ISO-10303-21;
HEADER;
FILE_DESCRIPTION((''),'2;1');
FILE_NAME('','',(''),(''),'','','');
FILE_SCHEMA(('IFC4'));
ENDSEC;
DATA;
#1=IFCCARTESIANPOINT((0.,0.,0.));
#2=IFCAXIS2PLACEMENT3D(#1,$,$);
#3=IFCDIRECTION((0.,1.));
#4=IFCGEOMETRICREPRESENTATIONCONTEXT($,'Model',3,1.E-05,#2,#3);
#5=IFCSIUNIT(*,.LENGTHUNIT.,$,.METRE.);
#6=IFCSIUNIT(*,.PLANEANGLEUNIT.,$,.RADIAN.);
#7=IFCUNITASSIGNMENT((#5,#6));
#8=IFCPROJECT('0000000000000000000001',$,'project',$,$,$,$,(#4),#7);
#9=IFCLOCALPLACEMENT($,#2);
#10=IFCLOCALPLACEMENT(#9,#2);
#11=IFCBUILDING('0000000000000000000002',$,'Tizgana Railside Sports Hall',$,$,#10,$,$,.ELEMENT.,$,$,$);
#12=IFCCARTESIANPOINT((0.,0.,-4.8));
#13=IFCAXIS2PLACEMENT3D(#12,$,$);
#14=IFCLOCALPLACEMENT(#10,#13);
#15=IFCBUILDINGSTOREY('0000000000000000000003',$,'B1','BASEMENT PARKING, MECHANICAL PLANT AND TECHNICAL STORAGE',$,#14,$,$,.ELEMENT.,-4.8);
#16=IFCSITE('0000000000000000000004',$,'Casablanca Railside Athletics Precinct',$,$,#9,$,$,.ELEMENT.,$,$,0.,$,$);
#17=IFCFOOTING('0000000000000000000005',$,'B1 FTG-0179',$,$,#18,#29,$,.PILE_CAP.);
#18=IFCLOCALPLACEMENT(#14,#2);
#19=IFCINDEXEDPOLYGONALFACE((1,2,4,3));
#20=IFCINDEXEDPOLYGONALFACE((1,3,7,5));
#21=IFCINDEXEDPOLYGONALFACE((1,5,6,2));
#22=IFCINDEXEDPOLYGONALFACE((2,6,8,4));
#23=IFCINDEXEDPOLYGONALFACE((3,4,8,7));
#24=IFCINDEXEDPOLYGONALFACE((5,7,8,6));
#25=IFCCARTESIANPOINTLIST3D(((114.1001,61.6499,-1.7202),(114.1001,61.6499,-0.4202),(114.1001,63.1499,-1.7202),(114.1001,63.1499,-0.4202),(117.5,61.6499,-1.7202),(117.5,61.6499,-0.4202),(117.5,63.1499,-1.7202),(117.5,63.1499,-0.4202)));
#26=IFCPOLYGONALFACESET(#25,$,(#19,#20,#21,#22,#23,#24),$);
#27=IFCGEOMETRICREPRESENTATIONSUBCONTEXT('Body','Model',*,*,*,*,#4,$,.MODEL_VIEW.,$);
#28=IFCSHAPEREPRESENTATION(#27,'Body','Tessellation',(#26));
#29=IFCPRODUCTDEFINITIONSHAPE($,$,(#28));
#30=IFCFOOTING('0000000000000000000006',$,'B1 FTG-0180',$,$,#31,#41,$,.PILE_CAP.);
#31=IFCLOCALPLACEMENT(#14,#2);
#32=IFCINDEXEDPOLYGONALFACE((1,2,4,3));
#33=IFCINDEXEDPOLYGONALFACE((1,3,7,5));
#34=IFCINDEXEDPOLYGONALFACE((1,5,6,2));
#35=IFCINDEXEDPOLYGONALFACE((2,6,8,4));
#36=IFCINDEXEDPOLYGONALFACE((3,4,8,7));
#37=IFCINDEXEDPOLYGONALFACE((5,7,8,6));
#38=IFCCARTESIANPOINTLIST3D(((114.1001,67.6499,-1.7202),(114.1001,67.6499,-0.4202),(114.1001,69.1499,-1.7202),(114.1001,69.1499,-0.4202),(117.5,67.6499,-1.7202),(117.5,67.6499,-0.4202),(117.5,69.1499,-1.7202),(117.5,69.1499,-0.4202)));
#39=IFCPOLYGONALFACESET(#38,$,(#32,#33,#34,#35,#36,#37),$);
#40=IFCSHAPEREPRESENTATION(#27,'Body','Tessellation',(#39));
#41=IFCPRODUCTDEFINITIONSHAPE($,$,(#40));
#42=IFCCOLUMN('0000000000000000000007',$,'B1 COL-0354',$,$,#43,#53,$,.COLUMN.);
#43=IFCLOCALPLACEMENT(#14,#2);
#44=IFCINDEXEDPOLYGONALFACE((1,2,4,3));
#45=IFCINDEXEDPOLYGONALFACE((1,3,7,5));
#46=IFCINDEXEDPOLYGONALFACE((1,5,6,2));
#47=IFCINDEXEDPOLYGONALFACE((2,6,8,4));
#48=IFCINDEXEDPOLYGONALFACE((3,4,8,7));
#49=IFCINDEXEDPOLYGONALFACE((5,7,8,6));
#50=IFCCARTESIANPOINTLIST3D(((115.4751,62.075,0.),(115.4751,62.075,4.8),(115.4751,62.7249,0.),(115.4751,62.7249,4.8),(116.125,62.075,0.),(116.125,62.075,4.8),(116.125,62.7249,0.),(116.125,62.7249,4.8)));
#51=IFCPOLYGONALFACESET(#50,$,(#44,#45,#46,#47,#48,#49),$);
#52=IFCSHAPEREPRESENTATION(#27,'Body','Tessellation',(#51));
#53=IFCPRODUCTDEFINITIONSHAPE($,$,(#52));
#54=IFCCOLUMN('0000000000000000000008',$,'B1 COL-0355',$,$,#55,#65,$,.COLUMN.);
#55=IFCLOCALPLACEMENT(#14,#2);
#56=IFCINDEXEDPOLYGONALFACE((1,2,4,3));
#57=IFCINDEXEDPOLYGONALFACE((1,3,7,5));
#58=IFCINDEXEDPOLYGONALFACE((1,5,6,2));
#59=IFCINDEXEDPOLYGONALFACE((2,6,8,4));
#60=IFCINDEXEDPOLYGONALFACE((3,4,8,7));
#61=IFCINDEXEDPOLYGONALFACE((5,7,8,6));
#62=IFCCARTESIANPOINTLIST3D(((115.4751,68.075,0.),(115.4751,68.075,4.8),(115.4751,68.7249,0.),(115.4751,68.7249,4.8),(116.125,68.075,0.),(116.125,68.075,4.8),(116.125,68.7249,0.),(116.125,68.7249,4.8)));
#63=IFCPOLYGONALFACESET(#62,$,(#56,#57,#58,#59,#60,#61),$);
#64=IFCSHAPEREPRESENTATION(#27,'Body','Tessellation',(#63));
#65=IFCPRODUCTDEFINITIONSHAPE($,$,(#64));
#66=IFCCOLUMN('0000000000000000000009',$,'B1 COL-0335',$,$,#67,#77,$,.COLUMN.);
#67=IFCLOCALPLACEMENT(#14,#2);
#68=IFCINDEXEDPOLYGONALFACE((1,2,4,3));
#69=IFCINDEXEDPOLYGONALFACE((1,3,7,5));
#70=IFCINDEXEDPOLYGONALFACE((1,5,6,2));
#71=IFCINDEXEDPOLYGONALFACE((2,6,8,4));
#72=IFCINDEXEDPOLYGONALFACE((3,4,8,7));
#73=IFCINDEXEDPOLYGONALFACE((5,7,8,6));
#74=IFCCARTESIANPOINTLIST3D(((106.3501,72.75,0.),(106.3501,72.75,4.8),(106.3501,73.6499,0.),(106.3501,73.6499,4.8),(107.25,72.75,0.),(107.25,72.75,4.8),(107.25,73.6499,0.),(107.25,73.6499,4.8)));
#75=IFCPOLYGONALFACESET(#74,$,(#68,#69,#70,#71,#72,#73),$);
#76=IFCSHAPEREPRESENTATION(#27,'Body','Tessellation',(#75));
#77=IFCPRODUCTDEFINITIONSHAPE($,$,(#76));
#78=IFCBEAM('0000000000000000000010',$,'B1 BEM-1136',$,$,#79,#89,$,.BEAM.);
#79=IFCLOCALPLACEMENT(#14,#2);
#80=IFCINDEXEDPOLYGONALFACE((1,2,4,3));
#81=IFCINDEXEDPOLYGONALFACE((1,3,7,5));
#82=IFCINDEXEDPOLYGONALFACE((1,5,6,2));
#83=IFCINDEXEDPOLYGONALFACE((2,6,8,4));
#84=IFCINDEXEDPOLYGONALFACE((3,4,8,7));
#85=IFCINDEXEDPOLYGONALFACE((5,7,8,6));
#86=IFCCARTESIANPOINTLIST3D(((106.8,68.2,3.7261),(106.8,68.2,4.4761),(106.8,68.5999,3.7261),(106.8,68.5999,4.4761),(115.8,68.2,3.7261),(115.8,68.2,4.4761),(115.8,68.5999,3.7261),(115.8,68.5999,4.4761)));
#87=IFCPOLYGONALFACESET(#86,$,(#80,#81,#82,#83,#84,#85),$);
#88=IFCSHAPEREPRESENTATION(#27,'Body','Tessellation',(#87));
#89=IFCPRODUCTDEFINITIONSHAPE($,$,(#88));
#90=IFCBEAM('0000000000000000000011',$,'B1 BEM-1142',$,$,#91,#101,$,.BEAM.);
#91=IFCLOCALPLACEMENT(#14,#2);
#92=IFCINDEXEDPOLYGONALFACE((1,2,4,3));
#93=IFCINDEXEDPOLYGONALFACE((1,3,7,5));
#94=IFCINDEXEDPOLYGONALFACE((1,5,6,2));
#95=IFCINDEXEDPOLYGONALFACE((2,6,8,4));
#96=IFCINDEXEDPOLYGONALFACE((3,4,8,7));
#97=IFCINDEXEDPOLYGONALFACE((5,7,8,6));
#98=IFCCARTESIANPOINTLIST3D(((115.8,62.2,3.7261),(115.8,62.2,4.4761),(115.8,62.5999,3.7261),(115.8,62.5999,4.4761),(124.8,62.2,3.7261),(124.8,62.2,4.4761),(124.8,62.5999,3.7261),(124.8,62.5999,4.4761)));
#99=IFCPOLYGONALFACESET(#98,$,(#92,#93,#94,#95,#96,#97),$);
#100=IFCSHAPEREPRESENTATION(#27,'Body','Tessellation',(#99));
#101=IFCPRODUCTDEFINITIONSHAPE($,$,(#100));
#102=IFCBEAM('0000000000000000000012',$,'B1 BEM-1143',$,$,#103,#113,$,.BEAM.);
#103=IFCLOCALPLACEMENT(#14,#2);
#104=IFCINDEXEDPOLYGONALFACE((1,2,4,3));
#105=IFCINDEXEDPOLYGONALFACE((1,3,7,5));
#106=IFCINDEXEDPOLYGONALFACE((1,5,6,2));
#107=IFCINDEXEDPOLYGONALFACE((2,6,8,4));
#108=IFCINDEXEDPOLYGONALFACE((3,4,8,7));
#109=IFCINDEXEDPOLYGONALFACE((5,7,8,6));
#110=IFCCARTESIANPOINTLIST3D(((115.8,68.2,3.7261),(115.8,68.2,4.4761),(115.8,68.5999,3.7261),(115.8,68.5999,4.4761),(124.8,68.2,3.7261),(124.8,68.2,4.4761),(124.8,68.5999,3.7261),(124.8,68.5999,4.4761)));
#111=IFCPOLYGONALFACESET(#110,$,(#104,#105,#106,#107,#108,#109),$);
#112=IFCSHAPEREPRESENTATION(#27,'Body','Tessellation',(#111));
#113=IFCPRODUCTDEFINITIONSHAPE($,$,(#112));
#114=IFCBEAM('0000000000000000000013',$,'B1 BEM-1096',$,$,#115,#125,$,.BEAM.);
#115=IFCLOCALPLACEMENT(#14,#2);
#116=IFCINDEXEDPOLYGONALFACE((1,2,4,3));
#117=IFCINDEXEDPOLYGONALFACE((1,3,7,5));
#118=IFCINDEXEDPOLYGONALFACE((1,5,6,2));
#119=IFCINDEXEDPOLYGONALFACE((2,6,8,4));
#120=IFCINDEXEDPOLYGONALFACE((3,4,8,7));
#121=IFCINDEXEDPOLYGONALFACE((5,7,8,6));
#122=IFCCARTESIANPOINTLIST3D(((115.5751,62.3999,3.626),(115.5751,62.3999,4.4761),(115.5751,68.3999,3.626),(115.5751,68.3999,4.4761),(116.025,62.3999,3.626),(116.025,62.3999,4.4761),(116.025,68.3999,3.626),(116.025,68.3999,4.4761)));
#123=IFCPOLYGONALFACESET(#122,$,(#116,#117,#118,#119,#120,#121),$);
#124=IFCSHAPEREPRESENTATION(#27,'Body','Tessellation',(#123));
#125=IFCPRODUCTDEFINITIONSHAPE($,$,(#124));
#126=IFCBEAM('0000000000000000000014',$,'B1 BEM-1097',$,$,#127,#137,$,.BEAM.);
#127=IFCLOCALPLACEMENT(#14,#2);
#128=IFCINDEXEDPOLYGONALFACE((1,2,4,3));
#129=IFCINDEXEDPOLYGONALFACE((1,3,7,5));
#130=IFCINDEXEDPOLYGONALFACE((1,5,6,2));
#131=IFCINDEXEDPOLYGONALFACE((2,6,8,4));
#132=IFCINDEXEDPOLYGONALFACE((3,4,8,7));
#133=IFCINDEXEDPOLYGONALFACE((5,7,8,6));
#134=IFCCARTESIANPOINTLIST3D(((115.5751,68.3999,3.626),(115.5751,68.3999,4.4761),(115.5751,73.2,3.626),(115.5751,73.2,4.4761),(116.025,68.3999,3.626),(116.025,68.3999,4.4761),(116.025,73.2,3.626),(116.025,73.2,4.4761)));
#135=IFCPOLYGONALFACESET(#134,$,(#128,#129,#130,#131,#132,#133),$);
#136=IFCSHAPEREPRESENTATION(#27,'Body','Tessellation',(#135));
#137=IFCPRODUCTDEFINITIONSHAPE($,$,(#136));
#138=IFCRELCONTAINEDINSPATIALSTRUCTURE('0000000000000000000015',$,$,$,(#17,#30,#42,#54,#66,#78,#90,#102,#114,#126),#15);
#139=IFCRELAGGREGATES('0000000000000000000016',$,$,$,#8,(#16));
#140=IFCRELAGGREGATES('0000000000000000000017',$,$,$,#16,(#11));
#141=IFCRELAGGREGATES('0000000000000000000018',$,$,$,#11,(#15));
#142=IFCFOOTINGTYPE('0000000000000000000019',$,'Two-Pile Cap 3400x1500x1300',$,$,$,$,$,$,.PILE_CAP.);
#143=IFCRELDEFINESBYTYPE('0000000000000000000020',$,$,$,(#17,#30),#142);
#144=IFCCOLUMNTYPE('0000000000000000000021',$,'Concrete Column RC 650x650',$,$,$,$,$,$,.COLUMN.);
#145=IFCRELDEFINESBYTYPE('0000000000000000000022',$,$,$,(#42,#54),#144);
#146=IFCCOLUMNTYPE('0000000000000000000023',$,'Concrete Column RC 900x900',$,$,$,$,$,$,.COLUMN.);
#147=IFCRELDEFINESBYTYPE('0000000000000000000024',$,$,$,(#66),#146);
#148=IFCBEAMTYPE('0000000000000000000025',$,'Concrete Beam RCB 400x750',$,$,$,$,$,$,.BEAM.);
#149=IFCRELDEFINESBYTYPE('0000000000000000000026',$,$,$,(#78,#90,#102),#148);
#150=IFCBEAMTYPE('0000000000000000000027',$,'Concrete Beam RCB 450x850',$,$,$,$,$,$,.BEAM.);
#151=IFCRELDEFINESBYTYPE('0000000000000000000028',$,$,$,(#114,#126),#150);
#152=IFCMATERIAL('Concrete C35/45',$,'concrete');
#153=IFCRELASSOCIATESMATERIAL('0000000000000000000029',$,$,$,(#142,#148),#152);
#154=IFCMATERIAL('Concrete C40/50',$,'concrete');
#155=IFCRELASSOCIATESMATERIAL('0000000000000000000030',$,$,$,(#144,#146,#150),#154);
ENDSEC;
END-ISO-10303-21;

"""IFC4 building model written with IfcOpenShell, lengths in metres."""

from ifc_helpers import new_model, si_unit, direction, frame, origin, origin_2d, place, context, subcontext, project, spatial, rectangle, extrude, material, material_profile, profile_set, type_object, element, save


model = new_model("IFC4")

# Units and contexts
model_context = context("Model", 3, precision=1e-05, world=origin(), true_north=direction((0.0, 1.0)))
body_context = subcontext(model_context, "Body", "Model", "MODEL_VIEW")
ifc_project = project(units=[si_unit("LENGTHUNIT", "METRE"), si_unit("PLANEANGLEUNIT", "RADIAN")], contexts=[model_context])

# Site, building, storey
site_placement = place(None, origin())
site = spatial("IfcSite", under=ifc_project, at=site_placement, Name="Casablanca Railside Athletics Precinct", CompositionType="ELEMENT", RefElevation=0.0)
building_placement = place(site_placement, origin())
building = spatial("IfcBuilding", under=site, at=building_placement, Name="Tizgana Railside Sports Hall", CompositionType="ELEMENT")
storey_placement = place(building_placement, frame((0.0, 0.0, -4.8)))
storey = spatial("IfcBuildingStorey", under=building, at=storey_placement, Name="B1", Description="BASEMENT PARKING, MECHANICAL PLANT AND TECHNICAL STORAGE", CompositionType="ELEMENT", Elevation=-4.8)

# Shared definitions
ifc_material_1 = material(Name="Concrete C35/45", Category="concrete")

# Footings
footing_type_1 = type_object("IfcFootingType", Name="Two-Pile Cap 3400x1500x1300", PredefinedType="PILE_CAP", material=ifc_material_1)
for number, where, z_axis, x_axis, name in (
    (1, (115.8, 62.3999, -1.7202), (0.0, 0.0, 1.0), (1.0, 0.0, 0.0), "B1 FTG-0179"),
    (2, (115.8, 68.3999, -1.7202), (0.0, 0.0, 1.0), (1.0, 0.0, 0.0), "B1 FTG-0180"),
):
    element("IfcFooting", number, at=place(storey_placement, frame(where, z_axis=z_axis, x_axis=x_axis)), inside=storey, type_object=footing_type_1, Name=name, PredefinedType="PILE_CAP", context=body_context, shape_type="SweptSolid", body=[
        extrude(rectangle(XDim=3.3999, YDim=1.5, at=origin_2d()), origin(), (0.0, 0.0, 1.0), 1.3),
    ])

# Columns
ifc_material_2 = material(Name="Concrete C40/50", Category="concrete")
ifc_material_profile_1 = material_profile(ifc_material_2, rectangle(XDim=0.6499, YDim=0.6499, at=origin_2d()), Name="RC 650x650")
ifc_profile_set_1 = profile_set([ifc_material_profile_1], Name="Concrete C40/50")
column_type_1 = type_object("IfcColumnType", Name="Concrete Column RC 650x650", PredefinedType="COLUMN", material=ifc_profile_set_1)
for number, where, z_axis, x_axis, name in (
    (3, (115.8, 62.3999, 0.0), (0.0, 0.0, 1.0), (1.0, 0.0, 0.0), "B1 COL-0354"),
    (4, (115.8, 68.3999, 0.0), (0.0, 0.0, 1.0), (1.0, 0.0, 0.0), "B1 COL-0355"),
):
    element("IfcColumn", number, at=place(storey_placement, frame(where, z_axis=z_axis, x_axis=x_axis)), inside=storey, type_object=column_type_1, Name=name, PredefinedType="COLUMN", context=body_context, shape_type="SweptSolid", body=[
        extrude(rectangle(XDim=0.6499, YDim=0.6499, at=origin_2d()), origin(), (0.0, 0.0, 1.0), 4.8),
    ])
ifc_material_profile_2 = material_profile(ifc_material_2, rectangle(XDim=0.8999, YDim=0.8999, at=origin_2d()), Name="RC 900x900")
ifc_profile_set_2 = profile_set([ifc_material_profile_2], Name="Concrete C40/50")
column_type_2 = type_object("IfcColumnType", Name="Concrete Column RC 900x900", PredefinedType="COLUMN", material=ifc_profile_set_2)
column_placement = place(storey_placement, frame((106.8, 73.2, 0.0), z_axis=(0.0, 0.0, 1.0), x_axis=(1.0, 0.0, 0.0)))
element("IfcColumn", 5, at=column_placement, inside=storey, type_object=column_type_2, Name="B1 COL-0335", PredefinedType="COLUMN", context=body_context, shape_type="SweptSolid", body=[
    extrude(rectangle(XDim=0.8999, YDim=0.8999, at=origin_2d()), origin(), (0.0, 0.0, 1.0), 4.8),
])

# Beams
ifc_material_profile_3 = material_profile(ifc_material_1, rectangle(XDim=0.3999, YDim=0.75, at=origin_2d()), Name="RCB 400x750")
ifc_profile_set_3 = profile_set([ifc_material_profile_3], Name="Concrete C35/45")
beam_type_1 = type_object("IfcBeamType", Name="Concrete Beam RCB 400x750", PredefinedType="BEAM", material=ifc_profile_set_3)
for number, where, z_axis, x_axis, name in (
    (6, (106.8, 68.3999, 4.1011), (1.0, 0.0, 0.0), (0.0, 1.0, 0.0), "B1 BEM-1136"),
    (7, (115.8, 62.3999, 4.1011), (1.0, 0.0, 0.0), (0.0, 1.0, 0.0), "B1 BEM-1142"),
    (8, (115.8, 68.3999, 4.1011), (1.0, 0.0, 0.0), (0.0, 1.0, 0.0), "B1 BEM-1143"),
):
    element("IfcBeam", number, at=place(storey_placement, frame(where, z_axis=z_axis, x_axis=x_axis)), inside=storey, type_object=beam_type_1, Name=name, PredefinedType="BEAM", context=body_context, shape_type="SweptSolid", body=[
        extrude(rectangle(XDim=0.3999, YDim=0.75, at=origin_2d()), origin(), (0.0, 0.0, 1.0), 9.0),
    ])
ifc_material_profile_4 = material_profile(ifc_material_2, rectangle(XDim=0.45, YDim=0.8501, at=origin_2d()), Name="RCB 450x850")
ifc_profile_set_4 = profile_set([ifc_material_profile_4], Name="Concrete C40/50")
beam_type_2 = type_object("IfcBeamType", Name="Concrete Beam RCB 450x850", PredefinedType="BEAM", material=ifc_profile_set_4)
beam_1_placement = place(storey_placement, frame((115.8, 62.3999, 4.051), z_axis=(0.0, 1.0, 0.0), x_axis=(-1.0, 0.0, 0.0)))
element("IfcBeam", 9, at=beam_1_placement, inside=storey, type_object=beam_type_2, Name="B1 BEM-1096", PredefinedType="BEAM", context=body_context, shape_type="SweptSolid", body=[
    extrude(rectangle(XDim=0.45, YDim=0.8501, at=origin_2d()), origin(), (0.0, 0.0, 1.0), 6.0),
])
beam_2_placement = place(storey_placement, frame((115.8, 68.3999, 4.051), z_axis=(0.0, 1.0, 0.0), x_axis=(-1.0, 0.0, 0.0)))
element("IfcBeam", 10, at=beam_2_placement, inside=storey, type_object=beam_type_2, Name="B1 BEM-1097", PredefinedType="BEAM", context=body_context, shape_type="SweptSolid", body=[
    extrude(rectangle(XDim=0.45, YDim=0.8501, at=origin_2d()), origin(), (0.0, 0.0, 1.0), 4.8),
])

save(model, "model.ifc")
